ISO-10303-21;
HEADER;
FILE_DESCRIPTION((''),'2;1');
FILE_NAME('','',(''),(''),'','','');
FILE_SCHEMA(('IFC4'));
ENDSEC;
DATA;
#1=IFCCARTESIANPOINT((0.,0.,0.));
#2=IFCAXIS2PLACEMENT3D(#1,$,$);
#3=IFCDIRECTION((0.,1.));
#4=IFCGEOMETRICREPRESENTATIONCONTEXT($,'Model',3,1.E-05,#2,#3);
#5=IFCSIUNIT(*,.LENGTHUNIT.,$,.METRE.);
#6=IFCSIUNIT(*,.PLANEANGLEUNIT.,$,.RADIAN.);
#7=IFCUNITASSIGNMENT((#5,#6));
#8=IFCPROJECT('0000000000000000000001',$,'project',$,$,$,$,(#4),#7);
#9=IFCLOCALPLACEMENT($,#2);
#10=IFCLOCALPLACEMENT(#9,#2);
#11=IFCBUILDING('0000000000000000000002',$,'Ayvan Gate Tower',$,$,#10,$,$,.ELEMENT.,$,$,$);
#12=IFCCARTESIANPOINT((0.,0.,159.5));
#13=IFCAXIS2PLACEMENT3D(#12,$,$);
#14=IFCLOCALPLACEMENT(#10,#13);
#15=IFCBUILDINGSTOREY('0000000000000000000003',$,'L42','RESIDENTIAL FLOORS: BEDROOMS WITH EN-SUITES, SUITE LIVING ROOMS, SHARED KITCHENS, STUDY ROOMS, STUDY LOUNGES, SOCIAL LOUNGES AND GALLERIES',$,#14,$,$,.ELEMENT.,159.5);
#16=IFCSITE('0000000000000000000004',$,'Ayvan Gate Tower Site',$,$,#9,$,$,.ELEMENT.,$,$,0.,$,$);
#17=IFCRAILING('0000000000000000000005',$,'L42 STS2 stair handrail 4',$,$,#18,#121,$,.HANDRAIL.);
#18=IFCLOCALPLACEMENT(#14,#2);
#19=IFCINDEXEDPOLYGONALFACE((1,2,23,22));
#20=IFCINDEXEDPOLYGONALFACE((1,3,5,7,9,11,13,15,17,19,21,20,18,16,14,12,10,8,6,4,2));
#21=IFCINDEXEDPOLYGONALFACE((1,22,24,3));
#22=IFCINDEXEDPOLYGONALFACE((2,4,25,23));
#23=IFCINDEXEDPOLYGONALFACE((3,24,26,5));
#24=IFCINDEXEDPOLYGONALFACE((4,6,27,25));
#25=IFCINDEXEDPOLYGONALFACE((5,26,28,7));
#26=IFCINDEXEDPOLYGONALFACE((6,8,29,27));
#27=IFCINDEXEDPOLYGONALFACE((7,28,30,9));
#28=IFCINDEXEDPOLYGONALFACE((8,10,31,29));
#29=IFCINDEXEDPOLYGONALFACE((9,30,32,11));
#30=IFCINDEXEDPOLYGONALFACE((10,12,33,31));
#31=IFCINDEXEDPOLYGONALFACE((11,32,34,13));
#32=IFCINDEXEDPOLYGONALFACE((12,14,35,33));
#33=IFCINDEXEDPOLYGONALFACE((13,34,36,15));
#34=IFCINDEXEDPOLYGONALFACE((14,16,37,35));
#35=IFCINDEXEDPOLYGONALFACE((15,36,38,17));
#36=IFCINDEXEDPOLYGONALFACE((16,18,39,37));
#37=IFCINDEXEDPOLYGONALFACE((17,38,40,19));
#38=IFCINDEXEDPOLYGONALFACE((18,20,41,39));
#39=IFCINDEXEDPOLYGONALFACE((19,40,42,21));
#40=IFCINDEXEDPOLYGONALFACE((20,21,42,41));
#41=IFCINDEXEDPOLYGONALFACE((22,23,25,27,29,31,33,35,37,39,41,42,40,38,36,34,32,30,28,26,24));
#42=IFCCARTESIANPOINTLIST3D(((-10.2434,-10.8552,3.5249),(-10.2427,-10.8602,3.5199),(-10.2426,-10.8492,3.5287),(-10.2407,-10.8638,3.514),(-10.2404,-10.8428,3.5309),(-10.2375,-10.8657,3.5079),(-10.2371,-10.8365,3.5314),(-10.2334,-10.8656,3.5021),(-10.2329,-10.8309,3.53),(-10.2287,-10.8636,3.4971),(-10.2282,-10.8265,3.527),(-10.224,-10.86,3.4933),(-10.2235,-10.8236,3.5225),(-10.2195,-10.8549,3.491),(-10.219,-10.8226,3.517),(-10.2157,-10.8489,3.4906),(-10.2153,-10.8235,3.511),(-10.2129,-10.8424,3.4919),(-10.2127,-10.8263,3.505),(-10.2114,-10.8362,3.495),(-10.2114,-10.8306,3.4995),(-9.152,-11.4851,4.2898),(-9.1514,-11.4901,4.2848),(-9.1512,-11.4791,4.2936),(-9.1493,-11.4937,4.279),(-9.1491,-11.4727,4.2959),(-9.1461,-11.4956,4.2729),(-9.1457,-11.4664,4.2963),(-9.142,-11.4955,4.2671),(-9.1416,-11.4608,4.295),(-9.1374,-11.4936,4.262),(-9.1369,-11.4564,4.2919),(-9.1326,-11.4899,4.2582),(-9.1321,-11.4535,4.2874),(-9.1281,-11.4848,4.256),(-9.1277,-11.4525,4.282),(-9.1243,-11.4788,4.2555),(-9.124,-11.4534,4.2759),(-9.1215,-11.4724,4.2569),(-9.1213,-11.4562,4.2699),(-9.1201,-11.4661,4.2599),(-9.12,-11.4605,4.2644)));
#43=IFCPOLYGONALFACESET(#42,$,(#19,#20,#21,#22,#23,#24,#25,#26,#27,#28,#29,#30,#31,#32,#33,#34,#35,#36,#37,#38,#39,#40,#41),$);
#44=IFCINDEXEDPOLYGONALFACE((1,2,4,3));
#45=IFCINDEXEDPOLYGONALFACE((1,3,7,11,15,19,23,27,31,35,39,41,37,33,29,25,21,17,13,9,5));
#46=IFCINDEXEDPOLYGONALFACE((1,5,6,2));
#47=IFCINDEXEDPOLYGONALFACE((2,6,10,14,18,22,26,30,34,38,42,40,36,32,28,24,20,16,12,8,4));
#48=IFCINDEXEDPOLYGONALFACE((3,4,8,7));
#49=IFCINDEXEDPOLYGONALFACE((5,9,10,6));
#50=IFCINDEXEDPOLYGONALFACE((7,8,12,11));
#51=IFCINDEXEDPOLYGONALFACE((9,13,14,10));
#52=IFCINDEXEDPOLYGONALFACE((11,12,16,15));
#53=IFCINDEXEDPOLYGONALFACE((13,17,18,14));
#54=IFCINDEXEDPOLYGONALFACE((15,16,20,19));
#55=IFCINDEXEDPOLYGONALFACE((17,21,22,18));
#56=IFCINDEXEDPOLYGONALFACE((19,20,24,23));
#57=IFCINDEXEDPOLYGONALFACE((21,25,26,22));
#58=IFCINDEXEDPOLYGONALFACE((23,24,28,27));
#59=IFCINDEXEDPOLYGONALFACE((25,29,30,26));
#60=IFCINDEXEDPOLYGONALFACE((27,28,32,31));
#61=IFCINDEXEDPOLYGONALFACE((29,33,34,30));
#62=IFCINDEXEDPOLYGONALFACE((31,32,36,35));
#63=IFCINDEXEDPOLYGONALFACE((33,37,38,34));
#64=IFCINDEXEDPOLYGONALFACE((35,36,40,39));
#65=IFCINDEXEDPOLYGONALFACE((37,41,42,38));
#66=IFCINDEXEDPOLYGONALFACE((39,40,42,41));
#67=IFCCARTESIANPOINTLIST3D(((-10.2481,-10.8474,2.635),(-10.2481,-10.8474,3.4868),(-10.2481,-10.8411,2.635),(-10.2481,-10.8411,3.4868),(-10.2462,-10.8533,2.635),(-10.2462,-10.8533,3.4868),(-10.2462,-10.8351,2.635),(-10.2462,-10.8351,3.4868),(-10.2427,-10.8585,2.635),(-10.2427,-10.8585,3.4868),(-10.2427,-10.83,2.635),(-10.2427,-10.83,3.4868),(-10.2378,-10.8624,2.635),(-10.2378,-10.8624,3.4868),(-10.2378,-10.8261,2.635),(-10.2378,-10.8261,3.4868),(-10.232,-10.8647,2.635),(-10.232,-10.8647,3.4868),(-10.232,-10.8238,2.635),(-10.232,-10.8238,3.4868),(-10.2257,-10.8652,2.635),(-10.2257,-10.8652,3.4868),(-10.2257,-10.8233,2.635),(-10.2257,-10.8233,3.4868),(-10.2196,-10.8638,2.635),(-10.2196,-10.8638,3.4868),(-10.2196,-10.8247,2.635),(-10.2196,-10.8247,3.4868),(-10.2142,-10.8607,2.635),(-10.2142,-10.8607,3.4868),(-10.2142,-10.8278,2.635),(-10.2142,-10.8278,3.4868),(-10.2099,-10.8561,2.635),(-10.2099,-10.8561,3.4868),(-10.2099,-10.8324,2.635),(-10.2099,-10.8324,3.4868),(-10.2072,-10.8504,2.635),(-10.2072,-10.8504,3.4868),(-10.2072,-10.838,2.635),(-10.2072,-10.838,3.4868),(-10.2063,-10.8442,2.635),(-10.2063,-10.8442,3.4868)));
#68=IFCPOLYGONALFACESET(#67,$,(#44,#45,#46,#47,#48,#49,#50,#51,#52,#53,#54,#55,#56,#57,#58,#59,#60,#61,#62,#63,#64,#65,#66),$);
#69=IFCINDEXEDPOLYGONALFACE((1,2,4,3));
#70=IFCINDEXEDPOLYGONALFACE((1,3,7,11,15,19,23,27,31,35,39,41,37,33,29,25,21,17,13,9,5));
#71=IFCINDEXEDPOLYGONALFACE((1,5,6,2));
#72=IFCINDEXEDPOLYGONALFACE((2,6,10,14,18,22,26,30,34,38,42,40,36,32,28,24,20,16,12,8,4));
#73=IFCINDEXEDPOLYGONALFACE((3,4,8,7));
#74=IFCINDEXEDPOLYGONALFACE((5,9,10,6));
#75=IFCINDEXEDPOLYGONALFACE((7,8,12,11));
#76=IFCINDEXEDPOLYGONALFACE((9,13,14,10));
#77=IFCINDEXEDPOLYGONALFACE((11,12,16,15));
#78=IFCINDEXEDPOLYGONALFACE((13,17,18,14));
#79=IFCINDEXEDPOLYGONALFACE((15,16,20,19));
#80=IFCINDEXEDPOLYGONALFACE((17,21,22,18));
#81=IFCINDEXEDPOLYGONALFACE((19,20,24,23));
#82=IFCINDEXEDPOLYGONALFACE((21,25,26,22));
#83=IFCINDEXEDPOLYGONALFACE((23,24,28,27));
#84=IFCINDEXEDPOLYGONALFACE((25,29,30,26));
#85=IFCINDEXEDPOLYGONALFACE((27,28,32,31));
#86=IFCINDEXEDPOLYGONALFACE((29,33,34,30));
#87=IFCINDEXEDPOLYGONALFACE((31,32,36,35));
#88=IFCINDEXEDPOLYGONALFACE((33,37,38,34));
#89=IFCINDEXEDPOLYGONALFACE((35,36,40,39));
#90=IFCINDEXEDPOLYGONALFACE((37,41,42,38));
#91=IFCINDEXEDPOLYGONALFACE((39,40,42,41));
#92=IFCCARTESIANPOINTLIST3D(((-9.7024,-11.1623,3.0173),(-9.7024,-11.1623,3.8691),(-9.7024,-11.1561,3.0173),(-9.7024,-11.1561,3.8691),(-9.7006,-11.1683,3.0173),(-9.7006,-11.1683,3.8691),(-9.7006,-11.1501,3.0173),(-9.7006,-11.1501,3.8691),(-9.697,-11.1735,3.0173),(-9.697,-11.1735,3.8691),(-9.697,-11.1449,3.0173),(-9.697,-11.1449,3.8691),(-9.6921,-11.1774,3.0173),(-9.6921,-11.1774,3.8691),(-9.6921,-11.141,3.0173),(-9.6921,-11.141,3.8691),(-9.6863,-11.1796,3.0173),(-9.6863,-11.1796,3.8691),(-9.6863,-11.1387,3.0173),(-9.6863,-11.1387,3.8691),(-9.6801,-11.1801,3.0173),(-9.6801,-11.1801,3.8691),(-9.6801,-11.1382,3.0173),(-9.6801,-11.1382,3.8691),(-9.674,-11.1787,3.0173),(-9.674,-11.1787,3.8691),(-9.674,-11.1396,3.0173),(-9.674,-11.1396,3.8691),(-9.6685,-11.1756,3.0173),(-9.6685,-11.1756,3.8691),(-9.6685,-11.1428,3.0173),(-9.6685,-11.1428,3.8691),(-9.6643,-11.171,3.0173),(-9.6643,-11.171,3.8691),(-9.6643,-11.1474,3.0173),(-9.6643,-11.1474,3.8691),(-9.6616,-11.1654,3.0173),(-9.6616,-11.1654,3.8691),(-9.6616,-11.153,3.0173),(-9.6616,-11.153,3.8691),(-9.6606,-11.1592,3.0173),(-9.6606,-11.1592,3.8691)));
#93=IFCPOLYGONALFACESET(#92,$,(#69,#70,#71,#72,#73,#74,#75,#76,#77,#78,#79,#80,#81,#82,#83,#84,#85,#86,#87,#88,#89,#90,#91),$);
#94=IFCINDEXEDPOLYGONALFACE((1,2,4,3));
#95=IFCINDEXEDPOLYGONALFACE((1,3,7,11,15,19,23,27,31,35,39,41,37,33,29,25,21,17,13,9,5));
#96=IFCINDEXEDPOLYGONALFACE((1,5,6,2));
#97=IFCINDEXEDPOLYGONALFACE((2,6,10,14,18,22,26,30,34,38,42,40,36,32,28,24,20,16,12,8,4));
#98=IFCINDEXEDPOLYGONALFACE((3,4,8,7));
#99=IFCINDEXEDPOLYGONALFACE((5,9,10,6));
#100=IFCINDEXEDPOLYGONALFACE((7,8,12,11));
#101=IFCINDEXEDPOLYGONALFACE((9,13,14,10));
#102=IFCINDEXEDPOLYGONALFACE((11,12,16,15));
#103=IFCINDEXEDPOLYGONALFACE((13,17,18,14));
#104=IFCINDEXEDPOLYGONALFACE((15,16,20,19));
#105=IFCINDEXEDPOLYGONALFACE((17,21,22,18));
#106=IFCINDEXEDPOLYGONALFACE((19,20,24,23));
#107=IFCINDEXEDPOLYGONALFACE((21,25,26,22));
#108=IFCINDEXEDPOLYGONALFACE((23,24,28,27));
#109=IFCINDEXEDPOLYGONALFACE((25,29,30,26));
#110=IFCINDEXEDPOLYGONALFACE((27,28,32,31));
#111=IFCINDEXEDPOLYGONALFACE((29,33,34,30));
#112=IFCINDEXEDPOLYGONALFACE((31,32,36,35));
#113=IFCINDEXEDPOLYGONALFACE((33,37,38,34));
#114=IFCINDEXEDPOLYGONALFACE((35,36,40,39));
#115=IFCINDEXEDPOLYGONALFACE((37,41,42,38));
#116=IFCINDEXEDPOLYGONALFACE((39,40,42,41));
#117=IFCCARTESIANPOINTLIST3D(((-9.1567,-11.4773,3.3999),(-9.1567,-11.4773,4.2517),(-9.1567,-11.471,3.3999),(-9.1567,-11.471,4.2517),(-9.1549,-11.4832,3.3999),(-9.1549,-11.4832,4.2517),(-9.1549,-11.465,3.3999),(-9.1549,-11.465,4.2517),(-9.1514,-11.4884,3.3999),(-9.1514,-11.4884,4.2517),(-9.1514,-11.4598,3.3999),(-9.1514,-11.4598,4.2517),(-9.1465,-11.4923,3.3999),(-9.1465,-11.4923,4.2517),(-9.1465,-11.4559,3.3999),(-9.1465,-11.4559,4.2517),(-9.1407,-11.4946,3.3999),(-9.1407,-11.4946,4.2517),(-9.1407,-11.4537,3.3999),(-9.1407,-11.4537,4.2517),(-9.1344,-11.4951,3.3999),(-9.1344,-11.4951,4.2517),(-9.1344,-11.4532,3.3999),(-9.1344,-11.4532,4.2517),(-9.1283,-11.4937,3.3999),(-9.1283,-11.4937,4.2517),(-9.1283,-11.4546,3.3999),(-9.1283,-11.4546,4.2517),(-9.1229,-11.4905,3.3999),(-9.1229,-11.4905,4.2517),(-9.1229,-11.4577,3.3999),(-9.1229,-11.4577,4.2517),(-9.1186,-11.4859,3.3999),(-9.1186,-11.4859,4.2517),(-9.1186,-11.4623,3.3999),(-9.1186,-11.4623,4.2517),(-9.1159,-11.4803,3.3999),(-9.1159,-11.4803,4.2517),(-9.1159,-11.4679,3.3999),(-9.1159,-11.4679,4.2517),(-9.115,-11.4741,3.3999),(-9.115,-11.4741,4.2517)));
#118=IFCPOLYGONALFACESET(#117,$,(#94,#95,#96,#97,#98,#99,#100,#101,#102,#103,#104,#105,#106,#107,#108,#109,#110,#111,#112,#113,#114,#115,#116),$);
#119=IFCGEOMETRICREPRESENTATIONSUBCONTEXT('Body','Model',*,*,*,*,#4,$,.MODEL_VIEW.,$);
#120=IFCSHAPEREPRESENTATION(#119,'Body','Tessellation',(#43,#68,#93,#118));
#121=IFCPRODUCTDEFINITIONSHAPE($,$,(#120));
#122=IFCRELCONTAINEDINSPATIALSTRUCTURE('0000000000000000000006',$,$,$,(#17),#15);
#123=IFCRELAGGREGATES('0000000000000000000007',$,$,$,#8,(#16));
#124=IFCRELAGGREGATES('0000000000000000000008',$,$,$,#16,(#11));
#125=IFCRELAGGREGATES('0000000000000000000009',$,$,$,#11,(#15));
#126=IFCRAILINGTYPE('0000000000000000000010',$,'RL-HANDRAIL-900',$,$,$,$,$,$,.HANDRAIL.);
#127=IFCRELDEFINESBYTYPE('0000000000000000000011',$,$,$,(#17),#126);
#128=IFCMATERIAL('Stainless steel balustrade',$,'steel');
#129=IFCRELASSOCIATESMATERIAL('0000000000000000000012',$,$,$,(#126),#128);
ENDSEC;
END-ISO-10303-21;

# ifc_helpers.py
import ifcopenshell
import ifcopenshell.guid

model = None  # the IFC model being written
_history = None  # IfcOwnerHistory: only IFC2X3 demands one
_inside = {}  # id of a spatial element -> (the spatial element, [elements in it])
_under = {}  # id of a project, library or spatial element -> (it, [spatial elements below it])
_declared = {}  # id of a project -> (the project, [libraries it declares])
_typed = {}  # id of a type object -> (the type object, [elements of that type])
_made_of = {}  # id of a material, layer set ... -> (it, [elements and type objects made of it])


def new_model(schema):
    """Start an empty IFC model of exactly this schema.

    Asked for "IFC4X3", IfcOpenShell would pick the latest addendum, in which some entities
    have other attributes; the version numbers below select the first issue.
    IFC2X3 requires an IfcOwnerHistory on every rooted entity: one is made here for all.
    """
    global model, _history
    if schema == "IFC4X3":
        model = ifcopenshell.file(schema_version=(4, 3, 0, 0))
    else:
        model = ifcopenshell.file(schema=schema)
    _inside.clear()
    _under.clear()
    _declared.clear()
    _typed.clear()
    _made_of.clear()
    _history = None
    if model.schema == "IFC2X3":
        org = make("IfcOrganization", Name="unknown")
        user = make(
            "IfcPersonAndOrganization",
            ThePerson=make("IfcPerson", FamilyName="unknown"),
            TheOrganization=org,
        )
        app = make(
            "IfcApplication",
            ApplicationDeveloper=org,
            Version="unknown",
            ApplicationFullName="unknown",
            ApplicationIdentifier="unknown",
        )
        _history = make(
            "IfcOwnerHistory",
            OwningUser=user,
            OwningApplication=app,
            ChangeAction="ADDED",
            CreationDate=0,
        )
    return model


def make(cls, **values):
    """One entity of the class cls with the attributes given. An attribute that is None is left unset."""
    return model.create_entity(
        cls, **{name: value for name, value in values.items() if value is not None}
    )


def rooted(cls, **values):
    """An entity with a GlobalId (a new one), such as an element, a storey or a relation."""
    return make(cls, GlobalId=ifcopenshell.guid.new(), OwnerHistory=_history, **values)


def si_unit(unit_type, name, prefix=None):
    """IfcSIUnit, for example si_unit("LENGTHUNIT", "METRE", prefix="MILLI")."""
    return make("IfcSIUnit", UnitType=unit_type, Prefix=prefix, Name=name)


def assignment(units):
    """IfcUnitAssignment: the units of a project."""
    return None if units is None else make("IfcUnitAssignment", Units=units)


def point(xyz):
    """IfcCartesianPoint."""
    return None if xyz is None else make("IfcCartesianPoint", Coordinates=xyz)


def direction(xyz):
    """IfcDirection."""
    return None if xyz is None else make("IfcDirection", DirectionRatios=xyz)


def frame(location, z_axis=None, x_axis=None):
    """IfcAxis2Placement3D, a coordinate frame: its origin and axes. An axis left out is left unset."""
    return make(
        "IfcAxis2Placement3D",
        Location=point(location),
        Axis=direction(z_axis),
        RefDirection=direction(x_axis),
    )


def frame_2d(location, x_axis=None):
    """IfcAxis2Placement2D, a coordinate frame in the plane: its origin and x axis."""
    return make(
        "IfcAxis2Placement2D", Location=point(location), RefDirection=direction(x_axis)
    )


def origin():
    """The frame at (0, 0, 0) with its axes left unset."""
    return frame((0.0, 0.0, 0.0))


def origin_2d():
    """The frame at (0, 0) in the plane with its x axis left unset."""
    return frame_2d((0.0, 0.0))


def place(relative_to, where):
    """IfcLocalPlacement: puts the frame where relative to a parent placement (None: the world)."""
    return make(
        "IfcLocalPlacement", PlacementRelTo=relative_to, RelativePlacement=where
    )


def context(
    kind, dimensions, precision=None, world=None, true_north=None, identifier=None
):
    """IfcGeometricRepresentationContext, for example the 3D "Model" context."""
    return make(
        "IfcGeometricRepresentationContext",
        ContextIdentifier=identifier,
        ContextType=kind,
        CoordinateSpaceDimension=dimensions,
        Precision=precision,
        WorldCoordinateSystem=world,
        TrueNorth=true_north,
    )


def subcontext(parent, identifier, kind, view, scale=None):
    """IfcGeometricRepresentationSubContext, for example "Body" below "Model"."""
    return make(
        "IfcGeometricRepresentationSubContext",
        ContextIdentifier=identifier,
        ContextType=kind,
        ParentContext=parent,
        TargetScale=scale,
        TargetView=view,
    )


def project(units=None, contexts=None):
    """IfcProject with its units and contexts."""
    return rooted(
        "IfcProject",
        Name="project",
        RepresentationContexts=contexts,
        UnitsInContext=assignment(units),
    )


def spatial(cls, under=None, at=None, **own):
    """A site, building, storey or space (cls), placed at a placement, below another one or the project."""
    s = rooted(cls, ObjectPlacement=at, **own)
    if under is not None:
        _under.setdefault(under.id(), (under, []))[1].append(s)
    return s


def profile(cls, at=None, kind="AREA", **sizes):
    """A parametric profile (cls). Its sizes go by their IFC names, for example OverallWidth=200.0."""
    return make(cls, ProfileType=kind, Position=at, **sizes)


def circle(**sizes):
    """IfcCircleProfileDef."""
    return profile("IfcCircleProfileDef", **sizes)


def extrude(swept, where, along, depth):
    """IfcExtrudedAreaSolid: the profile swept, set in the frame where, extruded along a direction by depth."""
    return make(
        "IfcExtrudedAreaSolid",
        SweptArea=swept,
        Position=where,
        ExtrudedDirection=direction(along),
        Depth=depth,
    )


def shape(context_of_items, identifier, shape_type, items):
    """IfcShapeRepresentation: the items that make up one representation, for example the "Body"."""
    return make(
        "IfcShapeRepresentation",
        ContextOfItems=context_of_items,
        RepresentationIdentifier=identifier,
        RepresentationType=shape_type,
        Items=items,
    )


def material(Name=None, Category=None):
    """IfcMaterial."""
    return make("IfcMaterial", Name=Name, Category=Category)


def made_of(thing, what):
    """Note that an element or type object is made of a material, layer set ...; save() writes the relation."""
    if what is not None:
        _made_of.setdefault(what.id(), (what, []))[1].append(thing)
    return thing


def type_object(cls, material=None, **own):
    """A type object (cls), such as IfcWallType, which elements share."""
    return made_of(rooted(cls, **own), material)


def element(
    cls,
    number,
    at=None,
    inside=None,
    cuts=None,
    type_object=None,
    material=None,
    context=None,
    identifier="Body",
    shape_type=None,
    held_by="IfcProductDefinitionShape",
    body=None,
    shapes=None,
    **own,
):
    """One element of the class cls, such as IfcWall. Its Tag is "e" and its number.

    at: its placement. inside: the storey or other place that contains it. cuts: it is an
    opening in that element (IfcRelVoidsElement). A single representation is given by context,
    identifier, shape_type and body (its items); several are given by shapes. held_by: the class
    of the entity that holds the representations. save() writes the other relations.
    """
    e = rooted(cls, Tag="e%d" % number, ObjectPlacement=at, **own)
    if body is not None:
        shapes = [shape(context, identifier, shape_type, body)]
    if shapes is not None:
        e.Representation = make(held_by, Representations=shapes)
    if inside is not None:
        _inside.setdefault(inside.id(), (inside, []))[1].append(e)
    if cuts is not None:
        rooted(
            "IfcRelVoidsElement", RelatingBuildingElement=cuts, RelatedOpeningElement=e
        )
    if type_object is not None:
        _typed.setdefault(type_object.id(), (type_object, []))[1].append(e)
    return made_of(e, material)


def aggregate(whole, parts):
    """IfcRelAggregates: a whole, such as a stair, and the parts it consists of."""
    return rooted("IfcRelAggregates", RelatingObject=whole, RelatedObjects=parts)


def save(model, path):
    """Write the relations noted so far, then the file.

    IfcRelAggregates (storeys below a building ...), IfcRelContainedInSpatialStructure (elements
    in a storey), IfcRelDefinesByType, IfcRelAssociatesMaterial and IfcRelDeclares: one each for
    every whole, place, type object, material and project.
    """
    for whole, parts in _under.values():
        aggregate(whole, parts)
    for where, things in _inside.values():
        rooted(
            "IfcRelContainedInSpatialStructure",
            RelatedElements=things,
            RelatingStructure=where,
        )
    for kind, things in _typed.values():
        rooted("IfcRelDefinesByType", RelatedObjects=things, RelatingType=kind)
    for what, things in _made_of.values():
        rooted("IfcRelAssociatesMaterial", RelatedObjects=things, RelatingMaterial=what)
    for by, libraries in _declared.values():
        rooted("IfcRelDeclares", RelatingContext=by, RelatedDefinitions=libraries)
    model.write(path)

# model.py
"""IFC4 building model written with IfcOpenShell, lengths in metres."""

from ifc_helpers import new_model, si_unit, direction, frame, origin, origin_2d, place, context, subcontext, project, spatial, circle, extrude, material, type_object, element, save


model = new_model("IFC4")

# Units and contexts
model_context = context("Model", 3, precision=1e-05, world=origin(), true_north=direction((0.0, 1.0)))
body_context = subcontext(model_context, "Body", "Model", "MODEL_VIEW")
ifc_project = project(units=[si_unit("LENGTHUNIT", "METRE"), si_unit("PLANEANGLEUNIT", "RADIAN")], contexts=[model_context])

# Site, building, storey
site_placement = place(None, origin())
site = spatial("IfcSite", under=ifc_project, at=site_placement, Name="Ayvan Gate Tower Site", CompositionType="ELEMENT", RefElevation=0.0)
building_placement = place(site_placement, origin())
building = spatial("IfcBuilding", under=site, at=building_placement, Name="Ayvan Gate Tower", CompositionType="ELEMENT")
storey_placement = place(building_placement, frame((0.0, 0.0, 159.5)))
storey = spatial("IfcBuildingStorey", under=building, at=storey_placement, Name="L42", Description="RESIDENTIAL FLOORS: BEDROOMS WITH EN-SUITES, SUITE LIVING ROOMS, SHARED KITCHENS, STUDY ROOMS, STUDY LOUNGES, SOCIAL LOUNGES AND GALLERIES", CompositionType="ELEMENT", Elevation=159.5)

# Railing
ifc_material_1 = material(Name="Stainless steel balustrade", Category="steel")
railing_type_1 = type_object("IfcRailingType", Name="RL-HANDRAIL-900", PredefinedType="HANDRAIL", material=ifc_material_1)
railing_1_placement = place(storey_placement, frame((-10.2273, -10.8442, 2.635)))
element("IfcRailing", 1, at=railing_1_placement, inside=storey, type_object=railing_type_1, Name="L42 STS2 stair handrail 4", PredefinedType="HANDRAIL", context=body_context, shape_type="SweptSolid", body=[
    extrude(circle(Radius=0.0239, at=origin_2d()), frame((0.0, 0.0, 0.876), z_axis=(0.740357, -0.42732, 0.518912), x_axis=(0.49989, 0.866089, 0.0)), (0.0, 0.0, 1.0), 1.4741),
    extrude(circle(Radius=0.021, at=origin_2d()), origin(), (0.0, 0.0, 1.0), 0.8518),
    extrude(circle(Radius=0.021, at=origin_2d()), frame((0.5457, -0.3149, 0.3823)), (0.0, 0.0, 1.0), 0.8518),
    extrude(circle(Radius=0.021, at=origin_2d()), frame((1.0913, -0.6299, 0.7649)), (0.0, 0.0, 1.0), 0.8518),
])

save(model, "model.ifc")
